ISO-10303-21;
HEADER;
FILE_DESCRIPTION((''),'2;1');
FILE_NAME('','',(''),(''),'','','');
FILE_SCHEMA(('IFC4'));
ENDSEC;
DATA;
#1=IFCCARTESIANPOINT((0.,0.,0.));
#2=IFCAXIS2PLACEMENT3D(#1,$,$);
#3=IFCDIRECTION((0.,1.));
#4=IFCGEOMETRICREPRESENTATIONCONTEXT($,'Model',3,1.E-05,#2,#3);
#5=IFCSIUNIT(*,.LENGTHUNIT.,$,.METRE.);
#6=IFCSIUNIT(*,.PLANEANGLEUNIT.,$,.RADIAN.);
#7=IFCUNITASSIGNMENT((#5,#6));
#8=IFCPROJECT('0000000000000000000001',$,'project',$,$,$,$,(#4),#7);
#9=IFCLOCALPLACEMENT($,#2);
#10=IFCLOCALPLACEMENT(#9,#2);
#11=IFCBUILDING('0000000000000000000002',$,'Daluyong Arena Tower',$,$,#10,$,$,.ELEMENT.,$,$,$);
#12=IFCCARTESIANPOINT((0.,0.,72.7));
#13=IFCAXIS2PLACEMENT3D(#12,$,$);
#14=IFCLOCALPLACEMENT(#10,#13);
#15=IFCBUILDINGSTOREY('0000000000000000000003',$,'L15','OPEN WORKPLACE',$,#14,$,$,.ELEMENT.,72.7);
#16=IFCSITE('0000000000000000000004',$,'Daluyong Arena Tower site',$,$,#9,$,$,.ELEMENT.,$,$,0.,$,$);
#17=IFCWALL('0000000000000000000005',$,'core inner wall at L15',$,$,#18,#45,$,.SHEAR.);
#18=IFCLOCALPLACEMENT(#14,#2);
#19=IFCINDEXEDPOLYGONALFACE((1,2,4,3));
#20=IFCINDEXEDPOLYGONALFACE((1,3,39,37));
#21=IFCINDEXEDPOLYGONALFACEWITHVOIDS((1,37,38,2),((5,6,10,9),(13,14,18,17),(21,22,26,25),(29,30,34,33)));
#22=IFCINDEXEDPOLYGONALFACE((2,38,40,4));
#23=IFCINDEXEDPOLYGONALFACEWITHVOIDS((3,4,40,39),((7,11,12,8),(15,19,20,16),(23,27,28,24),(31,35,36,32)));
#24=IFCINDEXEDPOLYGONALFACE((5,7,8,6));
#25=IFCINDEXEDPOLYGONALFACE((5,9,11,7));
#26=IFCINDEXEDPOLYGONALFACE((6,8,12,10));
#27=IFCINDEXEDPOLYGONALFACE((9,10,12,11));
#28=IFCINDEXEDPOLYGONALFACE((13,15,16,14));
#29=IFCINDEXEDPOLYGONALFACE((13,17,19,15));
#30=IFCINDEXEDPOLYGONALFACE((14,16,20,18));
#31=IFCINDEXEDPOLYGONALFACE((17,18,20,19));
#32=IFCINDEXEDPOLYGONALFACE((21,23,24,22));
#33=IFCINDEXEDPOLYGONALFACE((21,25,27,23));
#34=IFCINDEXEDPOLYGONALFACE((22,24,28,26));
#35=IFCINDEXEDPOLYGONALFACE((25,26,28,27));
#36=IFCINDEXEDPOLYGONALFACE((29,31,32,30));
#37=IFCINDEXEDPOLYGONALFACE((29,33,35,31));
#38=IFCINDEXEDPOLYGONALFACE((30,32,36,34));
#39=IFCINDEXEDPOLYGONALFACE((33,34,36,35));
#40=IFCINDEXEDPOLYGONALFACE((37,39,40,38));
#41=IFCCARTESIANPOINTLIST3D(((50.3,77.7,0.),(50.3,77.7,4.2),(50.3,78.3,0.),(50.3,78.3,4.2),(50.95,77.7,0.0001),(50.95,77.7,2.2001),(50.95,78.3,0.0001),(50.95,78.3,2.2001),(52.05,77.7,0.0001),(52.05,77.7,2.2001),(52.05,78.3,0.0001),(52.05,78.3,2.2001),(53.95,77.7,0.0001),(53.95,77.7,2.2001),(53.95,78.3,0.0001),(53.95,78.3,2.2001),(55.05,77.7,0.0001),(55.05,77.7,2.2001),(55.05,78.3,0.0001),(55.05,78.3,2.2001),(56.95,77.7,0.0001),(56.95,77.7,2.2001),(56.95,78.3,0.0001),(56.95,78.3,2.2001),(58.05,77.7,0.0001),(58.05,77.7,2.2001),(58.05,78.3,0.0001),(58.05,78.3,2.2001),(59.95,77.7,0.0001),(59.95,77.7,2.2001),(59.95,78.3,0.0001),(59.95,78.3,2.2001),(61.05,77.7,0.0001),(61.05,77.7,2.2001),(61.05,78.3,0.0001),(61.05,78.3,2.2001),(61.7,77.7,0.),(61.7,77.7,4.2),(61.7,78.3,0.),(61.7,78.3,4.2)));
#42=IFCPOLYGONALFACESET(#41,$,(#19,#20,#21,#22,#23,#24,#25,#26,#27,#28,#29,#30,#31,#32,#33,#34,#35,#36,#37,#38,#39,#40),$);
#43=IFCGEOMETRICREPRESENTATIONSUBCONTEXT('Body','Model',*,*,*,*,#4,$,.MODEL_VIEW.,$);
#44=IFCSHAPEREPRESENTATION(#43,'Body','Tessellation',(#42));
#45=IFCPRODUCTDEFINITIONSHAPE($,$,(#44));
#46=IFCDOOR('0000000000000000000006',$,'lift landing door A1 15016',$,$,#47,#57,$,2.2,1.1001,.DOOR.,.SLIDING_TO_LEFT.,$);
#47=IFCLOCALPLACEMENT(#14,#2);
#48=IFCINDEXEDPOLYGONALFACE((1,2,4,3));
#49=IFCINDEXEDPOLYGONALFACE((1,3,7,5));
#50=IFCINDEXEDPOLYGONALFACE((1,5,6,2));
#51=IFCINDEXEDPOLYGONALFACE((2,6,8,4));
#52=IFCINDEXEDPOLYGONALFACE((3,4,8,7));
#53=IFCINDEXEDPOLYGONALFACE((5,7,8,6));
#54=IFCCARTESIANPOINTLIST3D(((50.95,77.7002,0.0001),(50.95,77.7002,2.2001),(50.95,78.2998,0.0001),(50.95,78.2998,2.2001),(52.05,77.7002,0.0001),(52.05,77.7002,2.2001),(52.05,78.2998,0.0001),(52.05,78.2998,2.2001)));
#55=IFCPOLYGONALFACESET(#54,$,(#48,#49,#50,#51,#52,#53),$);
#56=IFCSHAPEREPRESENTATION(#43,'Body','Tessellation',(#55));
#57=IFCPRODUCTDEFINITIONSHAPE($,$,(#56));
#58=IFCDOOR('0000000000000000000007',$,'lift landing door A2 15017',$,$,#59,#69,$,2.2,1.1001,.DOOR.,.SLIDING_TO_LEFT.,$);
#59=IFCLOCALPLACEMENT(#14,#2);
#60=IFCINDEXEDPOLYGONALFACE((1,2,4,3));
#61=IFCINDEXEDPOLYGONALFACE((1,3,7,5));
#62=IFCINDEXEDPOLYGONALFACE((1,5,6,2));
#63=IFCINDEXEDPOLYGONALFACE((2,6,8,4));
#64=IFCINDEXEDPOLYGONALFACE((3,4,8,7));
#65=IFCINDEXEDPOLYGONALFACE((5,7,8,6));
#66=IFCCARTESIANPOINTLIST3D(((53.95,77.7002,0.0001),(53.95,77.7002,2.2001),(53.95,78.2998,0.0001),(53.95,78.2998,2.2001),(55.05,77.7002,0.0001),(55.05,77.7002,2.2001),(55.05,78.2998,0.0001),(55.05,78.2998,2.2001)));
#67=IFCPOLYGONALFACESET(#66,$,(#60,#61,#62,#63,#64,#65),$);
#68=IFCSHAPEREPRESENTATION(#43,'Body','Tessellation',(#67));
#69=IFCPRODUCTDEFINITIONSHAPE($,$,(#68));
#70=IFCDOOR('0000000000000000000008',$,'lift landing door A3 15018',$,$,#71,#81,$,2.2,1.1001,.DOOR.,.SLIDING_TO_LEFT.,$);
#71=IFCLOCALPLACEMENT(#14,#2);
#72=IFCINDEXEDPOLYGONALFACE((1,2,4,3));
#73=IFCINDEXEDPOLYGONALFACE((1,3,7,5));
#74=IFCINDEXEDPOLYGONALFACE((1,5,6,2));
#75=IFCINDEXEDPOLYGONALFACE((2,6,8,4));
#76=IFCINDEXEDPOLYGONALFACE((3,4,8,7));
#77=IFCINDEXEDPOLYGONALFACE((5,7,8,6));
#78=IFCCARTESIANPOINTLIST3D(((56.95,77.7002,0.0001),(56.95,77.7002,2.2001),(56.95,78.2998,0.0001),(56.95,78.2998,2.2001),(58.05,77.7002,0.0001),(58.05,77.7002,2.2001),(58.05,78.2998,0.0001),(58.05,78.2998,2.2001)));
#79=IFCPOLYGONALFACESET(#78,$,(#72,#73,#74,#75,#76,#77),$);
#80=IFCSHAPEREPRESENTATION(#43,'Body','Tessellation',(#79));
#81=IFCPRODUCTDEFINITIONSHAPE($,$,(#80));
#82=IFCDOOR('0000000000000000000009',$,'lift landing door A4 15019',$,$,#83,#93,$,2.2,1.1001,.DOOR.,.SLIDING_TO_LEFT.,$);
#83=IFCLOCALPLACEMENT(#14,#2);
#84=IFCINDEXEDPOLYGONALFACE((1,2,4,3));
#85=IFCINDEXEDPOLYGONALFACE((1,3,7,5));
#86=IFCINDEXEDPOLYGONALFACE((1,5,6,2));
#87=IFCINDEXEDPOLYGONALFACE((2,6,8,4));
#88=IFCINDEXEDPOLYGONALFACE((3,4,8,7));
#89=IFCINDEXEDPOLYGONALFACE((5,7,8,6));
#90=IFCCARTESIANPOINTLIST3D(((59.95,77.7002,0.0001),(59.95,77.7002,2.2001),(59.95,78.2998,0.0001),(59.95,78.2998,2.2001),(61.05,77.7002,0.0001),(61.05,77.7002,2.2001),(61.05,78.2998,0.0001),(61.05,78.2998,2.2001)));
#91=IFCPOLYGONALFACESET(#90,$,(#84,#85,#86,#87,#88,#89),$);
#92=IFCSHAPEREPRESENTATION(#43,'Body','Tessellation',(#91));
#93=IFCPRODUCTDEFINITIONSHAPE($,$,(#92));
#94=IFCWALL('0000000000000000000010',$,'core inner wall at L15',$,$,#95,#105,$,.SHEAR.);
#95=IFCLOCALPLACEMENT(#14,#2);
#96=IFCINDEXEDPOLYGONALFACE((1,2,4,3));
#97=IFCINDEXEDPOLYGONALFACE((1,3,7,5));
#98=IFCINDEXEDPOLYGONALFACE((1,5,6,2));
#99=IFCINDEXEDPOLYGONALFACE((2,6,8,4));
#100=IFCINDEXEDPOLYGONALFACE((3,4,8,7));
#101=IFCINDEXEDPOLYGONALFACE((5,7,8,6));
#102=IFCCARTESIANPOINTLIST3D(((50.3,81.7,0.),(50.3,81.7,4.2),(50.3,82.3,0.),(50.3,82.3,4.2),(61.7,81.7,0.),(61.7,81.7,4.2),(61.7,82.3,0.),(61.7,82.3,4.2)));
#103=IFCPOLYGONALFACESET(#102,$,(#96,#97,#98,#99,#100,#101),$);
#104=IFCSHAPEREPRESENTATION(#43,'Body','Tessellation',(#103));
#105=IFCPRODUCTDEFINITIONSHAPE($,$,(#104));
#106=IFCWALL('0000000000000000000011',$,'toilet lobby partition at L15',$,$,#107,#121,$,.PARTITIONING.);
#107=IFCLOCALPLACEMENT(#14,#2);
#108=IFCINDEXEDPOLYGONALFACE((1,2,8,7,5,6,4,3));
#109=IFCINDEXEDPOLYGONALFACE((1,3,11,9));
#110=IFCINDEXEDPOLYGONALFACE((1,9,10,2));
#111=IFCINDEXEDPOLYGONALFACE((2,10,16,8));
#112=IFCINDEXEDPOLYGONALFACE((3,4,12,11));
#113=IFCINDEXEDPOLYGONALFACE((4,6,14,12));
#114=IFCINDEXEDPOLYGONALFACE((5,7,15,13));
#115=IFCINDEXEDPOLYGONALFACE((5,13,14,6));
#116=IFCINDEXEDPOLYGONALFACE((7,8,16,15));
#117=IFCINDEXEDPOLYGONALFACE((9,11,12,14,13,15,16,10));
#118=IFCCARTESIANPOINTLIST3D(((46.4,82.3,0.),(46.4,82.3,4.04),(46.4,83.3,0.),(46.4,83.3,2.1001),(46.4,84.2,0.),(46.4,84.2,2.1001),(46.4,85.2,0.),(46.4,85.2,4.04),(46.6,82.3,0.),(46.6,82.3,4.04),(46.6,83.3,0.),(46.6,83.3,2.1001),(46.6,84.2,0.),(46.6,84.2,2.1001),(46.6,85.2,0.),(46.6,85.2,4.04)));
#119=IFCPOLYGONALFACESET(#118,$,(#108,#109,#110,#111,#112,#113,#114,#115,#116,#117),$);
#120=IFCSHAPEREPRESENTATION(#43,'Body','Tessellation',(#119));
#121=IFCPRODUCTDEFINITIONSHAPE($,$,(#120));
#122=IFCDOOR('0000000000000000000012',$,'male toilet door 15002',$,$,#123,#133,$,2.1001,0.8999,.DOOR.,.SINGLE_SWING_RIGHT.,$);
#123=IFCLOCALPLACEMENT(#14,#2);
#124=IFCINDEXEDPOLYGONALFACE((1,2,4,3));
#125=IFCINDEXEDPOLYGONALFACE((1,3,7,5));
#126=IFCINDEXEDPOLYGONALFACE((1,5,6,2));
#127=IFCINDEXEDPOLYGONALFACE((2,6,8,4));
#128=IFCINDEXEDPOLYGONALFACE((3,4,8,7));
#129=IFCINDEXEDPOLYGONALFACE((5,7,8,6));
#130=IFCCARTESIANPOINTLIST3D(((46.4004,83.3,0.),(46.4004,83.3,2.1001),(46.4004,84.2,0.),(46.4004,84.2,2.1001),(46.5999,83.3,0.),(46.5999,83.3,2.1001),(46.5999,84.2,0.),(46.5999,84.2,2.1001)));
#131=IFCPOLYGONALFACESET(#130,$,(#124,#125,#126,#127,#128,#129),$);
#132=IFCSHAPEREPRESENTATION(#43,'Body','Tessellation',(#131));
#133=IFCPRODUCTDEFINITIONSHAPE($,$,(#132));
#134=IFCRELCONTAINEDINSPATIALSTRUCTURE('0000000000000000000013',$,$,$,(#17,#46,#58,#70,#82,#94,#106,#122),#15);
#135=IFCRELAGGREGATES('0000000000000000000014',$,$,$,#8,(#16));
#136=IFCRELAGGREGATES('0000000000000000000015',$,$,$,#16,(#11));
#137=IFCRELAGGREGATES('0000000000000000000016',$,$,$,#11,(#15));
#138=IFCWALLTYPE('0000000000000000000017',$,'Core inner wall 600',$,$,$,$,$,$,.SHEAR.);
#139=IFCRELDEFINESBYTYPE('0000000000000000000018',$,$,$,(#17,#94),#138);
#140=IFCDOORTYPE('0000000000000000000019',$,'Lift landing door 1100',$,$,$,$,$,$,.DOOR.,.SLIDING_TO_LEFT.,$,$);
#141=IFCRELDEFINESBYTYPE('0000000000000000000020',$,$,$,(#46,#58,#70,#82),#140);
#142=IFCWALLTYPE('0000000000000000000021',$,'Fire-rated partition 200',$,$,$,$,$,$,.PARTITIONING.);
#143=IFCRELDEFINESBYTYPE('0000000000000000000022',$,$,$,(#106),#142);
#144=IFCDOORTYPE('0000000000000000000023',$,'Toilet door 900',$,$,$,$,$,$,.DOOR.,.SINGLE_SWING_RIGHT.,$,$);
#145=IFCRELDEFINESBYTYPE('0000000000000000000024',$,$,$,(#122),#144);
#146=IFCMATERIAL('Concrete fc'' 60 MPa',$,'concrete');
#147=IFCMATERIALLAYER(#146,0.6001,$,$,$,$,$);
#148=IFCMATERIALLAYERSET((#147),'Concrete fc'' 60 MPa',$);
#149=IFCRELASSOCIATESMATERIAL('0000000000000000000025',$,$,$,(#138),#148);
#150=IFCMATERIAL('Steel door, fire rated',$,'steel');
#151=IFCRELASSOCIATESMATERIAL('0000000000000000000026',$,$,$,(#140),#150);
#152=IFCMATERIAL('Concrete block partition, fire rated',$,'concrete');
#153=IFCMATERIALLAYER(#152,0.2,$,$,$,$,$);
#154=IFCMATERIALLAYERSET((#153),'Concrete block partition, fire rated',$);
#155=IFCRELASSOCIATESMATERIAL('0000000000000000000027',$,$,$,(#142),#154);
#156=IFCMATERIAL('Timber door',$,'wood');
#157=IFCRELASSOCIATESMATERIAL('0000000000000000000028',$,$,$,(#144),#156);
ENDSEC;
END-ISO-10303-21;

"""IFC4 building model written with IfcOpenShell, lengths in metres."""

from ifc_helpers import new_model, si_unit, direction, frame, frame_2d, origin, place, context, subcontext, project, spatial, rectangle, extrude, material, layer, layer_set, type_object, element, fill, save


model = new_model("IFC4")

# Units and contexts
model_context = context("Model", 3, precision=1e-05, world=origin(), true_north=direction((0.0, 1.0)))
body_context = subcontext(model_context, "Body", "Model", "MODEL_VIEW")
ifc_project = project(units=[si_unit("LENGTHUNIT", "METRE"), si_unit("PLANEANGLEUNIT", "RADIAN")], contexts=[model_context])

# Site, building, storey
site_placement = place(None, origin())
site = spatial("IfcSite", under=ifc_project, at=site_placement, Name="Daluyong Arena Tower site", CompositionType="ELEMENT", RefElevation=0.0)
building_placement = place(site_placement, origin())
building = spatial("IfcBuilding", under=site, at=building_placement, Name="Daluyong Arena Tower", CompositionType="ELEMENT")
storey_placement = place(building_placement, frame((0.0, 0.0, 72.7)))
storey = spatial("IfcBuildingStorey", under=building, at=storey_placement, Name="L15", Description="OPEN WORKPLACE", CompositionType="ELEMENT", Elevation=72.7)

# Shared definitions
ifc_material_1 = material(Name="Concrete fc' 60 MPa", Category="concrete")
ifc_layer_1 = layer(ifc_material_1, 0.6001)
ifc_layer_set_1 = layer_set([ifc_layer_1], Name="Concrete fc' 60 MPa")
wall_type_1 = type_object("IfcWallType", Name="Core inner wall 600", PredefinedType="SHEAR", material=ifc_layer_set_1)

# Wall, openings, doors
wall_1_placement = place(storey_placement, frame((50.3, 78.0, 0.0), z_axis=(0.0, 0.0, 1.0), x_axis=(1.0, 0.0, 0.0)))
wall_1 = element("IfcWall", 1, at=wall_1_placement, inside=storey, type_object=wall_type_1, Name="core inner wall at L15", PredefinedType="SHEAR", context=body_context, shape_type="SweptSolid", body=[
    extrude(rectangle(XDim=11.3999, YDim=0.6001, at=frame_2d((5.7, 0.0))), origin(), (0.0, 0.0, 1.0), 4.2),
])
opening_1_placement = place(wall_1_placement, frame((0.6499, 0.0, 0.0)))
opening_1 = element("IfcOpeningElement", 2, at=opening_1_placement, cuts=wall_1, PredefinedType="OPENING", context=body_context, shape_type="SweptSolid", body=[
    extrude(rectangle(XDim=1.1001, YDim=2.2, at=frame_2d((0.55, 1.1001))), frame((0.0, 0.3101, 0.0), z_axis=(0.0, -1.0, 0.0), x_axis=(1.0, 0.0, 0.0)), (0.0, 0.0, 1.0), 0.6201),
])
opening_2_placement = place(wall_1_placement, frame((3.6499, 0.0, 0.0)))
opening_2 = element("IfcOpeningElement", 3, at=opening_2_placement, cuts=wall_1, PredefinedType="OPENING", context=body_context, shape_type="SweptSolid", body=[
    extrude(rectangle(XDim=1.1001, YDim=2.2, at=frame_2d((0.55, 1.1001))), frame((0.0, 0.3101, 0.0), z_axis=(0.0, -1.0, 0.0), x_axis=(1.0, 0.0, 0.0)), (0.0, 0.0, 1.0), 0.6201),
])
opening_3_placement = place(wall_1_placement, frame((6.6499, 0.0, 0.0)))
opening_3 = element("IfcOpeningElement", 4, at=opening_3_placement, cuts=wall_1, PredefinedType="OPENING", context=body_context, shape_type="SweptSolid", body=[
    extrude(rectangle(XDim=1.1001, YDim=2.2, at=frame_2d((0.55, 1.1001))), frame((0.0, 0.3101, 0.0), z_axis=(0.0, -1.0, 0.0), x_axis=(1.0, 0.0, 0.0)), (0.0, 0.0, 1.0), 0.6201),
])
opening_4_placement = place(wall_1_placement, frame((9.6499, 0.0, 0.0)))
opening_4 = element("IfcOpeningElement", 5, at=opening_4_placement, cuts=wall_1, PredefinedType="OPENING", context=body_context, shape_type="SweptSolid", body=[
    extrude(rectangle(XDim=1.1001, YDim=2.2, at=frame_2d((0.55, 1.1001))), frame((0.0, 0.3101, 0.0), z_axis=(0.0, -1.0, 0.0), x_axis=(1.0, 0.0, 0.0)), (0.0, 0.0, 1.0), 0.6201),
])
ifc_material_2 = material(Name="Steel door, fire rated", Category="steel")
door_type_1 = type_object("IfcDoorType", Name="Lift landing door 1100", OperationType="SLIDING_TO_LEFT", PredefinedType="DOOR", material=ifc_material_2)
door_1_placement = place(opening_1_placement, origin())
door_1 = element("IfcDoor", 6, at=door_1_placement, inside=storey, type_object=door_type_1, Name="lift landing door A1 15016", OperationType="SLIDING_TO_LEFT", OverallHeight=2.2, OverallWidth=1.1001, PredefinedType="DOOR", context=body_context, shape_type="SweptSolid", body=[
    extrude(rectangle(XDim=1.1001, YDim=2.2, at=frame_2d((0.55, 1.1001))), frame((0.0, 0.2998, 0.0), z_axis=(0.0, -1.0, 0.0), x_axis=(1.0, 0.0, 0.0)), (0.0, 0.0, 1.0), 0.5996),
])
fill(opening_1, door_1)
door_2_placement = place(opening_2_placement, origin())
door_2 = element("IfcDoor", 7, at=door_2_placement, inside=storey, type_object=door_type_1, Name="lift landing door A2 15017", OperationType="SLIDING_TO_LEFT", OverallHeight=2.2, OverallWidth=1.1001, PredefinedType="DOOR", context=body_context, shape_type="SweptSolid", body=[
    extrude(rectangle(XDim=1.1001, YDim=2.2, at=frame_2d((0.55, 1.1001))), frame((0.0, 0.2998, 0.0), z_axis=(0.0, -1.0, 0.0), x_axis=(1.0, 0.0, 0.0)), (0.0, 0.0, 1.0), 0.5996),
])
fill(opening_2, door_2)
door_3_placement = place(opening_3_placement, origin())
door_3 = element("IfcDoor", 8, at=door_3_placement, inside=storey, type_object=door_type_1, Name="lift landing door A3 15018", OperationType="SLIDING_TO_LEFT", OverallHeight=2.2, OverallWidth=1.1001, PredefinedType="DOOR", context=body_context, shape_type="SweptSolid", body=[
    extrude(rectangle(XDim=1.1001, YDim=2.2, at=frame_2d((0.55, 1.1001))), frame((0.0, 0.2998, 0.0), z_axis=(0.0, -1.0, 0.0), x_axis=(1.0, 0.0, 0.0)), (0.0, 0.0, 1.0), 0.5996),
])
fill(opening_3, door_3)
door_4_placement = place(opening_4_placement, origin())
door_4 = element("IfcDoor", 9, at=door_4_placement, inside=storey, type_object=door_type_1, Name="lift landing door A4 15019", OperationType="SLIDING_TO_LEFT", OverallHeight=2.2, OverallWidth=1.1001, PredefinedType="DOOR", context=body_context, shape_type="SweptSolid", body=[
    extrude(rectangle(XDim=1.1001, YDim=2.2, at=frame_2d((0.55, 1.1001))), frame((0.0, 0.2998, 0.0), z_axis=(0.0, -1.0, 0.0), x_axis=(1.0, 0.0, 0.0)), (0.0, 0.0, 1.0), 0.5996),
])
fill(opening_4, door_4)

# Wall
wall_2_placement = place(storey_placement, frame((50.3, 82.0, 0.0), z_axis=(0.0, 0.0, 1.0), x_axis=(1.0, 0.0, 0.0)))
element("IfcWall", 10, at=wall_2_placement, inside=storey, type_object=wall_type_1, Name="core inner wall at L15", PredefinedType="SHEAR", context=body_context, shape_type="SweptSolid", body=[
    extrude(rectangle(XDim=11.3999, YDim=0.6001, at=frame_2d((5.7, 0.0))), origin(), (0.0, 0.0, 1.0), 4.2),
])

# Wall, opening, door
ifc_material_3 = material(Name="Concrete block partition, fire rated", Category="concrete")
ifc_layer_2 = layer(ifc_material_3, 0.2)
ifc_layer_set_2 = layer_set([ifc_layer_2], Name="Concrete block partition, fire rated")
wall_type_2 = type_object("IfcWallType", Name="Fire-rated partition 200", PredefinedType="PARTITIONING", material=ifc_layer_set_2)
wall_3_placement = place(storey_placement, frame((46.5, 82.3, 0.0), z_axis=(0.0, 0.0, 1.0), x_axis=(0.0, 1.0, 0.0)))
wall_3 = element("IfcWall", 11, at=wall_3_placement, inside=storey, type_object=wall_type_2, Name="toilet lobby partition at L15", PredefinedType="PARTITIONING", context=body_context, shape_type="SweptSolid", body=[
    extrude(rectangle(XDim=2.8999, YDim=0.2, at=frame_2d((1.45, 0.0))), origin(), (0.0, 0.0, 1.0), 4.04),
])
opening_5_placement = place(wall_3_placement, frame((1.0, 0.0, 0.0)))
opening_5 = element("IfcOpeningElement", 12, at=opening_5_placement, cuts=wall_3, PredefinedType="OPENING", context=body_context, shape_type="SweptSolid", body=[
    extrude(rectangle(XDim=0.8999, YDim=2.1001, at=frame_2d((0.45, 1.05))), frame((0.0, 0.1099, 0.0), z_axis=(0.0, -1.0, 0.0), x_axis=(1.0, 0.0, 0.0)), (0.0, 0.0, 1.0), 0.22),
])
ifc_material_4 = material(Name="Timber door", Category="wood")
door_type_2 = type_object("IfcDoorType", Name="Toilet door 900", OperationType="SINGLE_SWING_RIGHT", PredefinedType="DOOR", material=ifc_material_4)
door_5_placement = place(opening_5_placement, origin())
door_5 = element("IfcDoor", 13, at=door_5_placement, inside=storey, type_object=door_type_2, Name="male toilet door 15002", OperationType="SINGLE_SWING_RIGHT", OverallHeight=2.1001, OverallWidth=0.8999, PredefinedType="DOOR", context=body_context, shape_type="SweptSolid", body=[
    extrude(rectangle(XDim=0.8999, YDim=2.1001, at=frame_2d((0.45, 1.05))), frame((0.0, 0.0996, 0.0), z_axis=(0.0, -1.0, 0.0), x_axis=(1.0, 0.0, 0.0)), (0.0, 0.0, 1.0), 0.1995),
])
fill(opening_5, door_5)

save(model, "model.ifc")
